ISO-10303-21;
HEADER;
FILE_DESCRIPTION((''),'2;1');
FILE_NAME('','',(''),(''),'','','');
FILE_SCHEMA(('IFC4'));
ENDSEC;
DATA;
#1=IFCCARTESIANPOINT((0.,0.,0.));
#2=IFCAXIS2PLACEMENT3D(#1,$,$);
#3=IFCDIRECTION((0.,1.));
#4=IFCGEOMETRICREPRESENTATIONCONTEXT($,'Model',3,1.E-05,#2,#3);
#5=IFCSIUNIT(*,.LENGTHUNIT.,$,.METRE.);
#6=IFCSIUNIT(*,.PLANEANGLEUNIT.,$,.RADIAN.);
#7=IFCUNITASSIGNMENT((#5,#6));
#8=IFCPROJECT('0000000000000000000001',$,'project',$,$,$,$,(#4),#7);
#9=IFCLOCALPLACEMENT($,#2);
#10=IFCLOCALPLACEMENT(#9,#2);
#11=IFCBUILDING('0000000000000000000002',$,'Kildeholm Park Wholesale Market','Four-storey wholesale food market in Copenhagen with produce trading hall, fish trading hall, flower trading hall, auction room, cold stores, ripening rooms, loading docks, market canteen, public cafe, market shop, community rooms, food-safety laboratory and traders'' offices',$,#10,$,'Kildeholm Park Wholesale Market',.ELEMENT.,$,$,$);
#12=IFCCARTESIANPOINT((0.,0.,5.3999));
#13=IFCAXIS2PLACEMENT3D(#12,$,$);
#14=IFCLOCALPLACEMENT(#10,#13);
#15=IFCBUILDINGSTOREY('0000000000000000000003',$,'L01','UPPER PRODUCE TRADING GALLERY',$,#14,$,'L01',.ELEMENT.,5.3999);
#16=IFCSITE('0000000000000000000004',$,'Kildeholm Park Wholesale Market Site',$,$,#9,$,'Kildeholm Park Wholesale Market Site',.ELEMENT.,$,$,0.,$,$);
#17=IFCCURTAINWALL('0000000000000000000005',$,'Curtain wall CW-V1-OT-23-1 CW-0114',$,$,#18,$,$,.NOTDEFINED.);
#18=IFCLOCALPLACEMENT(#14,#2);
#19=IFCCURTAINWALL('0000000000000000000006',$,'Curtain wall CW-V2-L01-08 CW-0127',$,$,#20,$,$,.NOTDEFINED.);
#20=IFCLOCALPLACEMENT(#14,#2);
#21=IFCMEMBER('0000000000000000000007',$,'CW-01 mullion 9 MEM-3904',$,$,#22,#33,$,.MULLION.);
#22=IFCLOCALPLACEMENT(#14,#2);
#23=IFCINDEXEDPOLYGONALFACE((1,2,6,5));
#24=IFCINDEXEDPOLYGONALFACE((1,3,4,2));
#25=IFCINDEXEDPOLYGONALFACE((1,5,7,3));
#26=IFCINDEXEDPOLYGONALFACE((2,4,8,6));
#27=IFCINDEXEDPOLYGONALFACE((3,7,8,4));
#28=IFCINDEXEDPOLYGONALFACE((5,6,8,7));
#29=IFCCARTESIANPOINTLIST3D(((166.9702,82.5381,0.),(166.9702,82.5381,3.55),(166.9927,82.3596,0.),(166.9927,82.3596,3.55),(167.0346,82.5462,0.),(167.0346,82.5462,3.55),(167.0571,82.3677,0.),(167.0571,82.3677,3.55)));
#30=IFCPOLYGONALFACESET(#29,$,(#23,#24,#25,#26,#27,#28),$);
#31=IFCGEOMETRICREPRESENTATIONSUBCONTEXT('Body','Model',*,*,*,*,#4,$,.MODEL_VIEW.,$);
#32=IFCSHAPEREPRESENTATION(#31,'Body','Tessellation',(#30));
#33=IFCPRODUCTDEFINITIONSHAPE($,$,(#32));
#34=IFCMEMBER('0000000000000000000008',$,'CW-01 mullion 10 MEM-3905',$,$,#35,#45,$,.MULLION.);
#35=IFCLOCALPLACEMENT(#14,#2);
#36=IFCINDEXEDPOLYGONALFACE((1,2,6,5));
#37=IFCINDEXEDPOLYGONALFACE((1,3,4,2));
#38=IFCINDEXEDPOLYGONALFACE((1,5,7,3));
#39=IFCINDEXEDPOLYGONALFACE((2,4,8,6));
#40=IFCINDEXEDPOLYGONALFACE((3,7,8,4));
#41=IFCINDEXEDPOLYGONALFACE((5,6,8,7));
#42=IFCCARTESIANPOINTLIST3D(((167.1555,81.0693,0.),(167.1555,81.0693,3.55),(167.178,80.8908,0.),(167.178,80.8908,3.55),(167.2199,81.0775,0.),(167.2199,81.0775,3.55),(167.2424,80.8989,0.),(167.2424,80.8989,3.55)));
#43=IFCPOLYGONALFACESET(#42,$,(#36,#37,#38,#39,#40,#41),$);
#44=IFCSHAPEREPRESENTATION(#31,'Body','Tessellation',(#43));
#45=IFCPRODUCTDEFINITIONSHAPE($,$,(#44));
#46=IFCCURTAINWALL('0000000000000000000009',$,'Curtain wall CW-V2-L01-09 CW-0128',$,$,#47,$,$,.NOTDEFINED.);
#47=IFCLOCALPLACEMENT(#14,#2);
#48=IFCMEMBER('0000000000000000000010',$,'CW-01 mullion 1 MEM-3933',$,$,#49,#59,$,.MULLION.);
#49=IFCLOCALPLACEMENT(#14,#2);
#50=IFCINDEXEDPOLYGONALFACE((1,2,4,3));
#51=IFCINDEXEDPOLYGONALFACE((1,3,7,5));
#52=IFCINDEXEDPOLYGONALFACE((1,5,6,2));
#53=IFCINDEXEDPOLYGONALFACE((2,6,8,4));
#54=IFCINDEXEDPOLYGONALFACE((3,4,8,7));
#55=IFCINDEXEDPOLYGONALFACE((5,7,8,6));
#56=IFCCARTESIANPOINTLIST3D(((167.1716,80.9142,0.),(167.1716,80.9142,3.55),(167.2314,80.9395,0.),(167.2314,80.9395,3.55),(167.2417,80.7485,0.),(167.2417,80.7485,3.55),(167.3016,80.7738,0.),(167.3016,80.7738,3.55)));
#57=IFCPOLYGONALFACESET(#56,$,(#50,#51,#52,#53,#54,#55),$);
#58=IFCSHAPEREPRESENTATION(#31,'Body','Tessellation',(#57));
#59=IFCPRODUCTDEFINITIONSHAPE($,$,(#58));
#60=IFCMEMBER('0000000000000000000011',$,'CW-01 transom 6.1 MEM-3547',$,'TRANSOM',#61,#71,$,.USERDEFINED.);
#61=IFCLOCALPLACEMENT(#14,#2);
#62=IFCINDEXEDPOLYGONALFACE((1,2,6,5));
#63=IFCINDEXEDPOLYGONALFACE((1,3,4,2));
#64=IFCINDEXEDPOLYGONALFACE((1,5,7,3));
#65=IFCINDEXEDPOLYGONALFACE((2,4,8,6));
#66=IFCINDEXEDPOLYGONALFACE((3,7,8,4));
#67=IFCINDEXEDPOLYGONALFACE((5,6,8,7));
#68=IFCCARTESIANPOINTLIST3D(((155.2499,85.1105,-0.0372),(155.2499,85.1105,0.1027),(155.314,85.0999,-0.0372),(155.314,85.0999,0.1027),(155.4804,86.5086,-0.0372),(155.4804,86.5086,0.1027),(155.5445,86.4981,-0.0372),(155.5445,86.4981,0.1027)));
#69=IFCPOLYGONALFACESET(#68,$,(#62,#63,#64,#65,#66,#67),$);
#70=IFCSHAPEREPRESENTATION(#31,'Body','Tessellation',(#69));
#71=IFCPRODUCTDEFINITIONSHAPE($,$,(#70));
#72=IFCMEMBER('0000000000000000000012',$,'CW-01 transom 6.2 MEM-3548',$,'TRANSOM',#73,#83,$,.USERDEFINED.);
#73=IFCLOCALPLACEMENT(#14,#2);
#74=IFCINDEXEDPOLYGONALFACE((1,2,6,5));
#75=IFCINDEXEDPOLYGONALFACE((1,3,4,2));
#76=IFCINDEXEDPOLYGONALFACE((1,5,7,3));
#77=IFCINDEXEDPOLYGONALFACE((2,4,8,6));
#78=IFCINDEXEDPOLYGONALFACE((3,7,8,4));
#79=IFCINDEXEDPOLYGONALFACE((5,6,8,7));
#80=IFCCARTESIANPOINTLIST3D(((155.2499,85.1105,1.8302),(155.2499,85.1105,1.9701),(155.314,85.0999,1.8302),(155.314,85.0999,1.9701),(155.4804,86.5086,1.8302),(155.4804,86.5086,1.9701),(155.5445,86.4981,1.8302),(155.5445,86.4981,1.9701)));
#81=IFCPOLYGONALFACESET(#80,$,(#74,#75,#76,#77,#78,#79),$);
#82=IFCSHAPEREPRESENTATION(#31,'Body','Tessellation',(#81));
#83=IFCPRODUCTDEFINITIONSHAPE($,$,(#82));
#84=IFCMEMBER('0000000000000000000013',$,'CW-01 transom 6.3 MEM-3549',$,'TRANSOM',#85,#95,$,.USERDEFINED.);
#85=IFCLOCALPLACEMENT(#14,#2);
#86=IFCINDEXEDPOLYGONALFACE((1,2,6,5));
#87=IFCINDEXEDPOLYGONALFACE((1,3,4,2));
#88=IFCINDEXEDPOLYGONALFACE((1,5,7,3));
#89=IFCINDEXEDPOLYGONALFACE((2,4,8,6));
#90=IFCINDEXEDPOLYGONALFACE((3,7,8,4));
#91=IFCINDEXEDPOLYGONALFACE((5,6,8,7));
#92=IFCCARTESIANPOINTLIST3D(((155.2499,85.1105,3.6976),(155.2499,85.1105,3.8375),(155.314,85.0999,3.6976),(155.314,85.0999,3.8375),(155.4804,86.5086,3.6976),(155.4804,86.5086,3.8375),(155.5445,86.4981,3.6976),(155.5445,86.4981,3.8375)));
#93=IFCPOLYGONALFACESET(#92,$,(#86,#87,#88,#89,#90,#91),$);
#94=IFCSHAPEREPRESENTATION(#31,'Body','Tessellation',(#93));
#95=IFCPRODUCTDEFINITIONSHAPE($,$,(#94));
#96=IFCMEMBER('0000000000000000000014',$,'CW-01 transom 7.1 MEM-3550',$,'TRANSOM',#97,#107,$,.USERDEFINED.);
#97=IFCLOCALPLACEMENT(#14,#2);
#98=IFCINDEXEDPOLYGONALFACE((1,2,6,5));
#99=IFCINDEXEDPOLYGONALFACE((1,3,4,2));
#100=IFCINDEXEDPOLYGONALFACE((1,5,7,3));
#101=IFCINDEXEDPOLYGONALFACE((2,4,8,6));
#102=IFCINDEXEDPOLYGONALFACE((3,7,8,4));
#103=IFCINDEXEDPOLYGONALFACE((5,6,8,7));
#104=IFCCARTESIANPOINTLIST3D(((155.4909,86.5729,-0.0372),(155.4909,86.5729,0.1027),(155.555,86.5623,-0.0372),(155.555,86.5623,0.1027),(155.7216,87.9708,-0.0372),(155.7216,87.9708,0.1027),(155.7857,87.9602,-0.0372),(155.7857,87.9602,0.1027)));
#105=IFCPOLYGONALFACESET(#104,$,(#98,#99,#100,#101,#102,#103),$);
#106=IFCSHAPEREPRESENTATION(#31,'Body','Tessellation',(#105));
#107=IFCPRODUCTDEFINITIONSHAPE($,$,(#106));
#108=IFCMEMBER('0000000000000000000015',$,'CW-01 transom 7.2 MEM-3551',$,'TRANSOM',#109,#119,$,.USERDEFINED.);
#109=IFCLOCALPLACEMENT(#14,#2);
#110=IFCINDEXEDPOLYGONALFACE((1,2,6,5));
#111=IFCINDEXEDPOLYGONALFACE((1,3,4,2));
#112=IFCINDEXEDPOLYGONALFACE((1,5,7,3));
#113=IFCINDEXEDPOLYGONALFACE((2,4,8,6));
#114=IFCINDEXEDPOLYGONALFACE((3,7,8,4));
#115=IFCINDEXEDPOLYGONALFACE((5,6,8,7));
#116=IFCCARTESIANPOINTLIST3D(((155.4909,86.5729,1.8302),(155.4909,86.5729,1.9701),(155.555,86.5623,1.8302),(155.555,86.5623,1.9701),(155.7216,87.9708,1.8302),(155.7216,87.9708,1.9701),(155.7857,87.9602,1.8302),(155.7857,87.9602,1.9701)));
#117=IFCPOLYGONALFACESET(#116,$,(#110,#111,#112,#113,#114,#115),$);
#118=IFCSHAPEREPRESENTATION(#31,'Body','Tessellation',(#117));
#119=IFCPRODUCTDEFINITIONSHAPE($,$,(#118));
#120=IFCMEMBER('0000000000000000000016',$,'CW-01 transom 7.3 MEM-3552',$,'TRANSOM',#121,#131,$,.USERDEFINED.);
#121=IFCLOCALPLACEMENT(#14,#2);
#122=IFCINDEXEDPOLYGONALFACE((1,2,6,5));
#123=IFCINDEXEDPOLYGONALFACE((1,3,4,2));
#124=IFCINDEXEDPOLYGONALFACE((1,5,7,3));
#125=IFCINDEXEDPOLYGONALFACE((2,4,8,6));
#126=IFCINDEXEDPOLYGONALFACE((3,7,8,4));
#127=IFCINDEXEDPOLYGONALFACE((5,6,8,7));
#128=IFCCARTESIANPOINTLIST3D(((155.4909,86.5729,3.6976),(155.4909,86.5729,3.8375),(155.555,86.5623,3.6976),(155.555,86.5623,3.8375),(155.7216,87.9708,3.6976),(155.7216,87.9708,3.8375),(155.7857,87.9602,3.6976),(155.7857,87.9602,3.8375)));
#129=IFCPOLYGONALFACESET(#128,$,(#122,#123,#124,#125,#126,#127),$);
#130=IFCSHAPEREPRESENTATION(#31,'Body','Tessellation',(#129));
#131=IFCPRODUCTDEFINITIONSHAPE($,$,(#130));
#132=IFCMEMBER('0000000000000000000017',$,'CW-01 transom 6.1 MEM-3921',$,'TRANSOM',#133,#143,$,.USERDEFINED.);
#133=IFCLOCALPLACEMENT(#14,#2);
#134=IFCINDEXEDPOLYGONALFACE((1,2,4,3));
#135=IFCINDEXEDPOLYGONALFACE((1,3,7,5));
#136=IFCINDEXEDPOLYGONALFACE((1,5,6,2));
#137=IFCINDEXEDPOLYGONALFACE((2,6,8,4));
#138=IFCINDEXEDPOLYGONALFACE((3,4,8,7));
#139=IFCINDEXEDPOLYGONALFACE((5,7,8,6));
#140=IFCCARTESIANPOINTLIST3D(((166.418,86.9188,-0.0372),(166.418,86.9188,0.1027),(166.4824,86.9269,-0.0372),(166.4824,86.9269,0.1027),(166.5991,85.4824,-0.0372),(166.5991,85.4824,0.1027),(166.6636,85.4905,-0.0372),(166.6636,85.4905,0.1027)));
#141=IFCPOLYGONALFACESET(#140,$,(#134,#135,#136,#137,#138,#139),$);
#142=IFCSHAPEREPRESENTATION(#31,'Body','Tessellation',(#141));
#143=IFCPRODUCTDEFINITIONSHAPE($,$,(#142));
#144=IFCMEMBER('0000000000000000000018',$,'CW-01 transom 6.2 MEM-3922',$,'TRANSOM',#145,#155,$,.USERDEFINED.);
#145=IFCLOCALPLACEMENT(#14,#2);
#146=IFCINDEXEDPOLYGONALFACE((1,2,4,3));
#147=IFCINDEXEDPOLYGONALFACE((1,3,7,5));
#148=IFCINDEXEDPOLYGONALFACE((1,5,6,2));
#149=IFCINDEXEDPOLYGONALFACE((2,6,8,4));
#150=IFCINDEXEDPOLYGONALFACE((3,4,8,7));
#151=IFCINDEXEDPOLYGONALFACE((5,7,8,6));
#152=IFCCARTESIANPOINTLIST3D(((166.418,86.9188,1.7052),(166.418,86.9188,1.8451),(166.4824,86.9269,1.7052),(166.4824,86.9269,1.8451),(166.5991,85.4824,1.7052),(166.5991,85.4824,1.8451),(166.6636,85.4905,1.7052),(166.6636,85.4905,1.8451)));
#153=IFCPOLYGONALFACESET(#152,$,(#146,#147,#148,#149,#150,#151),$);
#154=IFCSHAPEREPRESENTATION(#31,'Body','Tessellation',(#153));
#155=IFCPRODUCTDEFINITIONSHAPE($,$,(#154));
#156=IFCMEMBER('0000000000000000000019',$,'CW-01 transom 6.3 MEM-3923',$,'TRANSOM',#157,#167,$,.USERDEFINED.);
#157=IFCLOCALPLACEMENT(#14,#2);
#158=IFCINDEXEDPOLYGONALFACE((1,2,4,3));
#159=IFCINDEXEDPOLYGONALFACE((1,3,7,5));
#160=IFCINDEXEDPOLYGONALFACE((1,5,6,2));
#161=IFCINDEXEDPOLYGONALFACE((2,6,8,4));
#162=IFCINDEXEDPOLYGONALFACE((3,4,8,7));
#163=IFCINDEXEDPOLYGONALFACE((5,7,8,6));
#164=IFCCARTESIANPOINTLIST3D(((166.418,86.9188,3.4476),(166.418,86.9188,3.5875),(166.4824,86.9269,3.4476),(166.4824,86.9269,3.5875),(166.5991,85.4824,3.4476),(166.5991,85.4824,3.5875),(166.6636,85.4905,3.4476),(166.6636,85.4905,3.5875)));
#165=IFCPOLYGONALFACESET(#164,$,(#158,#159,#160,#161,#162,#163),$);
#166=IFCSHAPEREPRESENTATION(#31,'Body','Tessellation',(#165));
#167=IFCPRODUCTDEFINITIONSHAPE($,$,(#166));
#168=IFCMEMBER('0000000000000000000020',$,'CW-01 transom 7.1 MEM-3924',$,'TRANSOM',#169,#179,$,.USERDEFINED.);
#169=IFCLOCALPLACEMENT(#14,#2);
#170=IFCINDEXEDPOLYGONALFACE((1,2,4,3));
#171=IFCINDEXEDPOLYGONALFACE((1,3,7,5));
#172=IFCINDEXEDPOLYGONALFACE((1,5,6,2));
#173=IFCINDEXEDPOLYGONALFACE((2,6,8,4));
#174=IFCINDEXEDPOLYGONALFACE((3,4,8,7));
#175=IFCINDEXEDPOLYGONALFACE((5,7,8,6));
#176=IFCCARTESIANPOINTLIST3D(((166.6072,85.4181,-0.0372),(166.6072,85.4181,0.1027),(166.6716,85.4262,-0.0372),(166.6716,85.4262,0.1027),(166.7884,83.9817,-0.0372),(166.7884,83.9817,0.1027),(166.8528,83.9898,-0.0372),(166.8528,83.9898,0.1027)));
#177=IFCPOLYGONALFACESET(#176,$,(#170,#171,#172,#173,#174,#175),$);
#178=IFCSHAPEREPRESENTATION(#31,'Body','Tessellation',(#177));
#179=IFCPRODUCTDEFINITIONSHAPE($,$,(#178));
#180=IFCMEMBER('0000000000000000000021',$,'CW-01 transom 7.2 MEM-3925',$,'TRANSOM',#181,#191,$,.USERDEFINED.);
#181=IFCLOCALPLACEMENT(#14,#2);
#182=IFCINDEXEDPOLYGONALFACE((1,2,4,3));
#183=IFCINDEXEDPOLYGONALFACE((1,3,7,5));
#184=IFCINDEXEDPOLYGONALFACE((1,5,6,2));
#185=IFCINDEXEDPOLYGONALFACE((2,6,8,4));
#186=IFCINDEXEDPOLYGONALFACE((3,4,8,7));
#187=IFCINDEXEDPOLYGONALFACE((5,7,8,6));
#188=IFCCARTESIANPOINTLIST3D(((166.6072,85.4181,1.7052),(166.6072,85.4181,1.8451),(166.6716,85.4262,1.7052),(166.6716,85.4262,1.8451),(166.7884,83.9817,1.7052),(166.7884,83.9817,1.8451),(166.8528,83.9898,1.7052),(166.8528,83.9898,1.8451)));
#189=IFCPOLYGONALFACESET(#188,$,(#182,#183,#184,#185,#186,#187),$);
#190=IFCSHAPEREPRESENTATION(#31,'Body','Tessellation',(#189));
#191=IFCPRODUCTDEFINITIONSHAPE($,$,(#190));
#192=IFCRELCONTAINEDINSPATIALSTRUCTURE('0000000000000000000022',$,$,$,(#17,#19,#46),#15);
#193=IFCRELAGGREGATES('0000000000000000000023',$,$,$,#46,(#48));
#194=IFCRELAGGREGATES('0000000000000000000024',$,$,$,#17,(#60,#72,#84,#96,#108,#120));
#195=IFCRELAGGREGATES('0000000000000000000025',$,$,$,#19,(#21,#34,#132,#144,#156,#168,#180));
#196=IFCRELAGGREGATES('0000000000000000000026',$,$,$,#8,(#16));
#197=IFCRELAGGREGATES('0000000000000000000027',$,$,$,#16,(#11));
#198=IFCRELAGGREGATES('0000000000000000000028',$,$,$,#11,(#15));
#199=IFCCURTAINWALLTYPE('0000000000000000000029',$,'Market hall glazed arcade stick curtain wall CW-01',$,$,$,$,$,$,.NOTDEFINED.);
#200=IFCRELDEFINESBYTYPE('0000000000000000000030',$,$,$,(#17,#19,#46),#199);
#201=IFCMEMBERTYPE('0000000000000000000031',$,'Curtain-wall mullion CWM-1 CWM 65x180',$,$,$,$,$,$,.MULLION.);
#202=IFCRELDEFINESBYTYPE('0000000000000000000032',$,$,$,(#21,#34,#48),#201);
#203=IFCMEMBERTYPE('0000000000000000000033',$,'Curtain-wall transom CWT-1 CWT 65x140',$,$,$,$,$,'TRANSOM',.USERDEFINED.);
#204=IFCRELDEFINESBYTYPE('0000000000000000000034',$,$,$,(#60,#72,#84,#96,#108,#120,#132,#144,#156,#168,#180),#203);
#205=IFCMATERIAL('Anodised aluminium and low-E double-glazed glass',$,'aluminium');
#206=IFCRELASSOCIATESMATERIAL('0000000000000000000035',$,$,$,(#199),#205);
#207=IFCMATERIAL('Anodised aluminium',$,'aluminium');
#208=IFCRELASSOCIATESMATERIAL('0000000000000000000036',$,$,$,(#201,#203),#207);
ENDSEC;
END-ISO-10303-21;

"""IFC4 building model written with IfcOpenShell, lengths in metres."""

from ifc_helpers import new_model, si_unit, direction, frame, origin, origin_2d, place, context, subcontext, project, spatial, rectangle, extrude, material, material_profile, profile_set, type_object, element, aggregate, save


model = new_model("IFC4")

# Units and contexts
model_context = context("Model", 3, precision=1e-05, world=origin(), true_north=direction((0.0, 1.0)))
body_context = subcontext(model_context, "Body", "Model", "MODEL_VIEW")
ifc_project = project(units=[si_unit("LENGTHUNIT", "METRE"), si_unit("PLANEANGLEUNIT", "RADIAN")], contexts=[model_context])

# Site, building, storey
site_placement = place(None, origin())
site = spatial("IfcSite", under=ifc_project, at=site_placement, Name="Kildeholm Park Wholesale Market Site", LongName="Kildeholm Park Wholesale Market Site", CompositionType="ELEMENT", RefElevation=0.0)
building_placement = place(site_placement, origin())
building = spatial("IfcBuilding", under=site, at=building_placement, Name="Kildeholm Park Wholesale Market", Description="Four-storey wholesale food market in Copenhagen with produce trading hall, fish trading hall, flower trading hall, auction room, cold stores, ripening rooms, loading docks, market canteen, public cafe, market shop, community rooms, food-safety laboratory and traders' offices", LongName="Kildeholm Park Wholesale Market", CompositionType="ELEMENT")
storey_placement = place(building_placement, frame((0.0, 0.0, 5.3999)))
storey = spatial("IfcBuildingStorey", under=building, at=storey_placement, Name="L01", Description="UPPER PRODUCE TRADING GALLERY", LongName="L01", CompositionType="ELEMENT", Elevation=5.3999)

# Curtain walls, members
ifc_material_1 = material(Name="Anodised aluminium and low-E double-glazed glass", Category="aluminium")
curtain_wall_type = type_object("IfcCurtainWallType", Name="Market hall glazed arcade stick curtain wall CW-01", PredefinedType="NOTDEFINED", material=ifc_material_1)
curtain_wall_1_placement = place(storey_placement, origin())
curtain_wall_1 = element("IfcCurtainWall", 1, at=curtain_wall_1_placement, inside=storey, type_object=curtain_wall_type, Name="Curtain wall CW-V1-OT-23-1 CW-0114", PredefinedType="NOTDEFINED")
ifc_material_2 = material(Name="Anodised aluminium", Category="aluminium")
ifc_material_profile_1 = material_profile(ifc_material_2, rectangle(XDim=0.0649, YDim=0.1799, at=origin_2d()), Name="CWM 65x180")
ifc_profile_set_1 = profile_set([ifc_material_profile_1], Name="Anodised aluminium")
member_type_1 = type_object("IfcMemberType", Name="Curtain-wall mullion CWM-1 CWM 65x180", PredefinedType="MULLION", material=ifc_profile_set_1)
curtain_wall_2_placement = place(storey_placement, origin())
curtain_wall_2 = element("IfcCurtainWall", 2, at=curtain_wall_2_placement, inside=storey, type_object=curtain_wall_type, Name="Curtain wall CW-V2-L01-08 CW-0127", PredefinedType="NOTDEFINED")
member_1_placement = place(storey_placement, frame((167.0137, 82.4529, 0.0), z_axis=(0.0, 0.0, 1.0), x_axis=(0.992145, 0.125092, 0.0)))
member_1 = element("IfcMember", 3, at=member_1_placement, type_object=member_type_1, Name="CW-01 mullion 9 MEM-3904", PredefinedType="MULLION", context=body_context, shape_type="SweptSolid", body=[
    extrude(rectangle(XDim=0.0649, YDim=0.1799, at=origin_2d()), origin(), (0.0, 0.0, 1.0), 3.55),
])
member_2_placement = place(storey_placement, frame((167.199, 80.9841, 0.0), z_axis=(0.0, 0.0, 1.0), x_axis=(0.992145, 0.125092, 0.0)))
member_2 = element("IfcMember", 4, at=member_2_placement, type_object=member_type_1, Name="CW-01 mullion 10 MEM-3905", PredefinedType="MULLION", context=body_context, shape_type="SweptSolid", body=[
    extrude(rectangle(XDim=0.0649, YDim=0.1799, at=origin_2d()), origin(), (0.0, 0.0, 1.0), 3.55),
])

# Curtain wall, member
curtain_wall_3_placement = place(storey_placement, origin())
curtain_wall_3 = element("IfcCurtainWall", 5, at=curtain_wall_3_placement, inside=storey, type_object=curtain_wall_type, Name="Curtain wall CW-V2-L01-09 CW-0128", PredefinedType="NOTDEFINED")
member_3_placement = place(storey_placement, frame((167.2366, 80.844, 0.0), z_axis=(0.0, 0.0, 1.0), x_axis=(0.920855, 0.389905, 0.0)))
member_3 = element("IfcMember", 6, at=member_3_placement, type_object=member_type_1, Name="CW-01 mullion 1 MEM-3933", PredefinedType="MULLION", context=body_context, shape_type="SweptSolid", body=[
    extrude(rectangle(XDim=0.0649, YDim=0.1799, at=origin_2d()), origin(), (0.0, 0.0, 1.0), 3.55),
])

# Members
ifc_material_profile_2 = material_profile(ifc_material_2, rectangle(XDim=0.0649, YDim=0.1399, at=origin_2d()), Name="CWT 65x140")
ifc_profile_set_2 = profile_set([ifc_material_profile_2], Name="Anodised aluminium")
member_type_2 = type_object("IfcMemberType", Name="Curtain-wall transom CWT-1 CWT 65x140", ElementType="TRANSOM", PredefinedType="USERDEFINED", material=ifc_profile_set_2)
member_4_placement = place(storey_placement, frame((155.282, 85.1052, 0.0327), z_axis=(0.162639, 0.986686, 0.0), x_axis=(-0.986686, 0.162639, 0.0)))
member_4 = element("IfcMember", 7, at=member_4_placement, type_object=member_type_2, Name="CW-01 transom 6.1 MEM-3547", ObjectType="TRANSOM", PredefinedType="USERDEFINED", context=body_context, shape_type="SweptSolid", body=[
    extrude(rectangle(XDim=0.0649, YDim=0.1399, at=origin_2d()), origin(), (0.0, 0.0, 1.0), 1.417),
])
member_5_placement = place(storey_placement, frame((155.282, 85.1052, 1.9001), z_axis=(0.162639, 0.986686, 0.0), x_axis=(-0.986686, 0.162639, 0.0)))
member_5 = element("IfcMember", 8, at=member_5_placement, type_object=member_type_2, Name="CW-01 transom 6.2 MEM-3548", ObjectType="TRANSOM", PredefinedType="USERDEFINED", context=body_context, shape_type="SweptSolid", body=[
    extrude(rectangle(XDim=0.0649, YDim=0.1399, at=origin_2d()), origin(), (0.0, 0.0, 1.0), 1.417),
])
member_6_placement = place(storey_placement, frame((155.282, 85.1052, 3.7676), z_axis=(0.162639, 0.986686, 0.0), x_axis=(-0.986686, 0.162639, 0.0)))
member_6 = element("IfcMember", 9, at=member_6_placement, type_object=member_type_2, Name="CW-01 transom 6.3 MEM-3549", ObjectType="TRANSOM", PredefinedType="USERDEFINED", context=body_context, shape_type="SweptSolid", body=[
    extrude(rectangle(XDim=0.0649, YDim=0.1399, at=origin_2d()), origin(), (0.0, 0.0, 1.0), 1.417),
])
member_7_placement = place(storey_placement, frame((155.5229, 86.5676, 0.0327), z_axis=(0.162834, 0.986653, 0.0), x_axis=(-0.986653, 0.162834, 0.0)))
member_7 = element("IfcMember", 10, at=member_7_placement, type_object=member_type_2, Name="CW-01 transom 7.1 MEM-3550", ObjectType="TRANSOM", PredefinedType="USERDEFINED", context=body_context, shape_type="SweptSolid", body=[
    extrude(rectangle(XDim=0.0649, YDim=0.1399, at=origin_2d()), origin(), (0.0, 0.0, 1.0), 1.4167),
])
member_8_placement = place(storey_placement, frame((155.5229, 86.5676, 1.9001), z_axis=(0.162834, 0.986653, 0.0), x_axis=(-0.986653, 0.162834, 0.0)))
member_8 = element("IfcMember", 11, at=member_8_placement, type_object=member_type_2, Name="CW-01 transom 7.2 MEM-3551", ObjectType="TRANSOM", PredefinedType="USERDEFINED", context=body_context, shape_type="SweptSolid", body=[
    extrude(rectangle(XDim=0.0649, YDim=0.1399, at=origin_2d()), origin(), (0.0, 0.0, 1.0), 1.4167),
])
member_9_placement = place(storey_placement, frame((155.5229, 86.5676, 3.7676), z_axis=(0.162834, 0.986653, 0.0), x_axis=(-0.986653, 0.162834, 0.0)))
member_9 = element("IfcMember", 12, at=member_9_placement, type_object=member_type_2, Name="CW-01 transom 7.3 MEM-3552", ObjectType="TRANSOM", PredefinedType="USERDEFINED", context=body_context, shape_type="SweptSolid", body=[
    extrude(rectangle(XDim=0.0649, YDim=0.1399, at=origin_2d()), origin(), (0.0, 0.0, 1.0), 1.4167),
])
member_10_placement = place(storey_placement, frame((166.4502, 86.9229, 0.0327), z_axis=(0.125135, -0.99214, 0.0), x_axis=(0.99214, 0.125135, 0.0)))
member_10 = element("IfcMember", 13, at=member_10_placement, type_object=member_type_2, Name="CW-01 transom 6.1 MEM-3921", ObjectType="TRANSOM", PredefinedType="USERDEFINED", context=body_context, shape_type="SweptSolid", body=[
    extrude(rectangle(XDim=0.0649, YDim=0.1399, at=origin_2d()), origin(), (0.0, 0.0, 1.0), 1.4478),
])
member_11_placement = place(storey_placement, frame((166.4502, 86.9229, 1.7751), z_axis=(0.125135, -0.99214, 0.0), x_axis=(0.99214, 0.125135, 0.0)))
member_11 = element("IfcMember", 14, at=member_11_placement, type_object=member_type_2, Name="CW-01 transom 6.2 MEM-3922", ObjectType="TRANSOM", PredefinedType="USERDEFINED", context=body_context, shape_type="SweptSolid", body=[
    extrude(rectangle(XDim=0.0649, YDim=0.1399, at=origin_2d()), origin(), (0.0, 0.0, 1.0), 1.4478),
])
member_12_placement = place(storey_placement, frame((166.4502, 86.9229, 3.5176), z_axis=(0.125135, -0.99214, 0.0), x_axis=(0.99214, 0.125135, 0.0)))
member_12 = element("IfcMember", 15, at=member_12_placement, type_object=member_type_2, Name="CW-01 transom 6.3 MEM-3923", ObjectType="TRANSOM", PredefinedType="USERDEFINED", context=body_context, shape_type="SweptSolid", body=[
    extrude(rectangle(XDim=0.0649, YDim=0.1399, at=origin_2d()), origin(), (0.0, 0.0, 1.0), 1.4478),
])
member_13_placement = place(storey_placement, frame((166.6394, 85.4221, 0.0327), z_axis=(0.125135, -0.99214, 0.0), x_axis=(0.99214, 0.125135, 0.0)))
member_13 = element("IfcMember", 16, at=member_13_placement, type_object=member_type_2, Name="CW-01 transom 7.1 MEM-3924", ObjectType="TRANSOM", PredefinedType="USERDEFINED", context=body_context, shape_type="SweptSolid", body=[
    extrude(rectangle(XDim=0.0649, YDim=0.1399, at=origin_2d()), origin(), (0.0, 0.0, 1.0), 1.4478),
])
member_14_placement = place(storey_placement, frame((166.6394, 85.4221, 1.7751), z_axis=(0.125135, -0.99214, 0.0), x_axis=(0.99214, 0.125135, 0.0)))
member_14 = element("IfcMember", 17, at=member_14_placement, type_object=member_type_2, Name="CW-01 transom 7.2 MEM-3925", ObjectType="TRANSOM", PredefinedType="USERDEFINED", context=body_context, shape_type="SweptSolid", body=[
    extrude(rectangle(XDim=0.0649, YDim=0.1399, at=origin_2d()), origin(), (0.0, 0.0, 1.0), 1.4478),
])
aggregate(curtain_wall_3, [member_3])

aggregate(curtain_wall_1, [member_4, member_5, member_6, member_7, member_8, member_9])
aggregate(curtain_wall_2, [member_1, member_2, member_10, member_11, member_12, member_13, member_14])

save(model, "model.ifc")
